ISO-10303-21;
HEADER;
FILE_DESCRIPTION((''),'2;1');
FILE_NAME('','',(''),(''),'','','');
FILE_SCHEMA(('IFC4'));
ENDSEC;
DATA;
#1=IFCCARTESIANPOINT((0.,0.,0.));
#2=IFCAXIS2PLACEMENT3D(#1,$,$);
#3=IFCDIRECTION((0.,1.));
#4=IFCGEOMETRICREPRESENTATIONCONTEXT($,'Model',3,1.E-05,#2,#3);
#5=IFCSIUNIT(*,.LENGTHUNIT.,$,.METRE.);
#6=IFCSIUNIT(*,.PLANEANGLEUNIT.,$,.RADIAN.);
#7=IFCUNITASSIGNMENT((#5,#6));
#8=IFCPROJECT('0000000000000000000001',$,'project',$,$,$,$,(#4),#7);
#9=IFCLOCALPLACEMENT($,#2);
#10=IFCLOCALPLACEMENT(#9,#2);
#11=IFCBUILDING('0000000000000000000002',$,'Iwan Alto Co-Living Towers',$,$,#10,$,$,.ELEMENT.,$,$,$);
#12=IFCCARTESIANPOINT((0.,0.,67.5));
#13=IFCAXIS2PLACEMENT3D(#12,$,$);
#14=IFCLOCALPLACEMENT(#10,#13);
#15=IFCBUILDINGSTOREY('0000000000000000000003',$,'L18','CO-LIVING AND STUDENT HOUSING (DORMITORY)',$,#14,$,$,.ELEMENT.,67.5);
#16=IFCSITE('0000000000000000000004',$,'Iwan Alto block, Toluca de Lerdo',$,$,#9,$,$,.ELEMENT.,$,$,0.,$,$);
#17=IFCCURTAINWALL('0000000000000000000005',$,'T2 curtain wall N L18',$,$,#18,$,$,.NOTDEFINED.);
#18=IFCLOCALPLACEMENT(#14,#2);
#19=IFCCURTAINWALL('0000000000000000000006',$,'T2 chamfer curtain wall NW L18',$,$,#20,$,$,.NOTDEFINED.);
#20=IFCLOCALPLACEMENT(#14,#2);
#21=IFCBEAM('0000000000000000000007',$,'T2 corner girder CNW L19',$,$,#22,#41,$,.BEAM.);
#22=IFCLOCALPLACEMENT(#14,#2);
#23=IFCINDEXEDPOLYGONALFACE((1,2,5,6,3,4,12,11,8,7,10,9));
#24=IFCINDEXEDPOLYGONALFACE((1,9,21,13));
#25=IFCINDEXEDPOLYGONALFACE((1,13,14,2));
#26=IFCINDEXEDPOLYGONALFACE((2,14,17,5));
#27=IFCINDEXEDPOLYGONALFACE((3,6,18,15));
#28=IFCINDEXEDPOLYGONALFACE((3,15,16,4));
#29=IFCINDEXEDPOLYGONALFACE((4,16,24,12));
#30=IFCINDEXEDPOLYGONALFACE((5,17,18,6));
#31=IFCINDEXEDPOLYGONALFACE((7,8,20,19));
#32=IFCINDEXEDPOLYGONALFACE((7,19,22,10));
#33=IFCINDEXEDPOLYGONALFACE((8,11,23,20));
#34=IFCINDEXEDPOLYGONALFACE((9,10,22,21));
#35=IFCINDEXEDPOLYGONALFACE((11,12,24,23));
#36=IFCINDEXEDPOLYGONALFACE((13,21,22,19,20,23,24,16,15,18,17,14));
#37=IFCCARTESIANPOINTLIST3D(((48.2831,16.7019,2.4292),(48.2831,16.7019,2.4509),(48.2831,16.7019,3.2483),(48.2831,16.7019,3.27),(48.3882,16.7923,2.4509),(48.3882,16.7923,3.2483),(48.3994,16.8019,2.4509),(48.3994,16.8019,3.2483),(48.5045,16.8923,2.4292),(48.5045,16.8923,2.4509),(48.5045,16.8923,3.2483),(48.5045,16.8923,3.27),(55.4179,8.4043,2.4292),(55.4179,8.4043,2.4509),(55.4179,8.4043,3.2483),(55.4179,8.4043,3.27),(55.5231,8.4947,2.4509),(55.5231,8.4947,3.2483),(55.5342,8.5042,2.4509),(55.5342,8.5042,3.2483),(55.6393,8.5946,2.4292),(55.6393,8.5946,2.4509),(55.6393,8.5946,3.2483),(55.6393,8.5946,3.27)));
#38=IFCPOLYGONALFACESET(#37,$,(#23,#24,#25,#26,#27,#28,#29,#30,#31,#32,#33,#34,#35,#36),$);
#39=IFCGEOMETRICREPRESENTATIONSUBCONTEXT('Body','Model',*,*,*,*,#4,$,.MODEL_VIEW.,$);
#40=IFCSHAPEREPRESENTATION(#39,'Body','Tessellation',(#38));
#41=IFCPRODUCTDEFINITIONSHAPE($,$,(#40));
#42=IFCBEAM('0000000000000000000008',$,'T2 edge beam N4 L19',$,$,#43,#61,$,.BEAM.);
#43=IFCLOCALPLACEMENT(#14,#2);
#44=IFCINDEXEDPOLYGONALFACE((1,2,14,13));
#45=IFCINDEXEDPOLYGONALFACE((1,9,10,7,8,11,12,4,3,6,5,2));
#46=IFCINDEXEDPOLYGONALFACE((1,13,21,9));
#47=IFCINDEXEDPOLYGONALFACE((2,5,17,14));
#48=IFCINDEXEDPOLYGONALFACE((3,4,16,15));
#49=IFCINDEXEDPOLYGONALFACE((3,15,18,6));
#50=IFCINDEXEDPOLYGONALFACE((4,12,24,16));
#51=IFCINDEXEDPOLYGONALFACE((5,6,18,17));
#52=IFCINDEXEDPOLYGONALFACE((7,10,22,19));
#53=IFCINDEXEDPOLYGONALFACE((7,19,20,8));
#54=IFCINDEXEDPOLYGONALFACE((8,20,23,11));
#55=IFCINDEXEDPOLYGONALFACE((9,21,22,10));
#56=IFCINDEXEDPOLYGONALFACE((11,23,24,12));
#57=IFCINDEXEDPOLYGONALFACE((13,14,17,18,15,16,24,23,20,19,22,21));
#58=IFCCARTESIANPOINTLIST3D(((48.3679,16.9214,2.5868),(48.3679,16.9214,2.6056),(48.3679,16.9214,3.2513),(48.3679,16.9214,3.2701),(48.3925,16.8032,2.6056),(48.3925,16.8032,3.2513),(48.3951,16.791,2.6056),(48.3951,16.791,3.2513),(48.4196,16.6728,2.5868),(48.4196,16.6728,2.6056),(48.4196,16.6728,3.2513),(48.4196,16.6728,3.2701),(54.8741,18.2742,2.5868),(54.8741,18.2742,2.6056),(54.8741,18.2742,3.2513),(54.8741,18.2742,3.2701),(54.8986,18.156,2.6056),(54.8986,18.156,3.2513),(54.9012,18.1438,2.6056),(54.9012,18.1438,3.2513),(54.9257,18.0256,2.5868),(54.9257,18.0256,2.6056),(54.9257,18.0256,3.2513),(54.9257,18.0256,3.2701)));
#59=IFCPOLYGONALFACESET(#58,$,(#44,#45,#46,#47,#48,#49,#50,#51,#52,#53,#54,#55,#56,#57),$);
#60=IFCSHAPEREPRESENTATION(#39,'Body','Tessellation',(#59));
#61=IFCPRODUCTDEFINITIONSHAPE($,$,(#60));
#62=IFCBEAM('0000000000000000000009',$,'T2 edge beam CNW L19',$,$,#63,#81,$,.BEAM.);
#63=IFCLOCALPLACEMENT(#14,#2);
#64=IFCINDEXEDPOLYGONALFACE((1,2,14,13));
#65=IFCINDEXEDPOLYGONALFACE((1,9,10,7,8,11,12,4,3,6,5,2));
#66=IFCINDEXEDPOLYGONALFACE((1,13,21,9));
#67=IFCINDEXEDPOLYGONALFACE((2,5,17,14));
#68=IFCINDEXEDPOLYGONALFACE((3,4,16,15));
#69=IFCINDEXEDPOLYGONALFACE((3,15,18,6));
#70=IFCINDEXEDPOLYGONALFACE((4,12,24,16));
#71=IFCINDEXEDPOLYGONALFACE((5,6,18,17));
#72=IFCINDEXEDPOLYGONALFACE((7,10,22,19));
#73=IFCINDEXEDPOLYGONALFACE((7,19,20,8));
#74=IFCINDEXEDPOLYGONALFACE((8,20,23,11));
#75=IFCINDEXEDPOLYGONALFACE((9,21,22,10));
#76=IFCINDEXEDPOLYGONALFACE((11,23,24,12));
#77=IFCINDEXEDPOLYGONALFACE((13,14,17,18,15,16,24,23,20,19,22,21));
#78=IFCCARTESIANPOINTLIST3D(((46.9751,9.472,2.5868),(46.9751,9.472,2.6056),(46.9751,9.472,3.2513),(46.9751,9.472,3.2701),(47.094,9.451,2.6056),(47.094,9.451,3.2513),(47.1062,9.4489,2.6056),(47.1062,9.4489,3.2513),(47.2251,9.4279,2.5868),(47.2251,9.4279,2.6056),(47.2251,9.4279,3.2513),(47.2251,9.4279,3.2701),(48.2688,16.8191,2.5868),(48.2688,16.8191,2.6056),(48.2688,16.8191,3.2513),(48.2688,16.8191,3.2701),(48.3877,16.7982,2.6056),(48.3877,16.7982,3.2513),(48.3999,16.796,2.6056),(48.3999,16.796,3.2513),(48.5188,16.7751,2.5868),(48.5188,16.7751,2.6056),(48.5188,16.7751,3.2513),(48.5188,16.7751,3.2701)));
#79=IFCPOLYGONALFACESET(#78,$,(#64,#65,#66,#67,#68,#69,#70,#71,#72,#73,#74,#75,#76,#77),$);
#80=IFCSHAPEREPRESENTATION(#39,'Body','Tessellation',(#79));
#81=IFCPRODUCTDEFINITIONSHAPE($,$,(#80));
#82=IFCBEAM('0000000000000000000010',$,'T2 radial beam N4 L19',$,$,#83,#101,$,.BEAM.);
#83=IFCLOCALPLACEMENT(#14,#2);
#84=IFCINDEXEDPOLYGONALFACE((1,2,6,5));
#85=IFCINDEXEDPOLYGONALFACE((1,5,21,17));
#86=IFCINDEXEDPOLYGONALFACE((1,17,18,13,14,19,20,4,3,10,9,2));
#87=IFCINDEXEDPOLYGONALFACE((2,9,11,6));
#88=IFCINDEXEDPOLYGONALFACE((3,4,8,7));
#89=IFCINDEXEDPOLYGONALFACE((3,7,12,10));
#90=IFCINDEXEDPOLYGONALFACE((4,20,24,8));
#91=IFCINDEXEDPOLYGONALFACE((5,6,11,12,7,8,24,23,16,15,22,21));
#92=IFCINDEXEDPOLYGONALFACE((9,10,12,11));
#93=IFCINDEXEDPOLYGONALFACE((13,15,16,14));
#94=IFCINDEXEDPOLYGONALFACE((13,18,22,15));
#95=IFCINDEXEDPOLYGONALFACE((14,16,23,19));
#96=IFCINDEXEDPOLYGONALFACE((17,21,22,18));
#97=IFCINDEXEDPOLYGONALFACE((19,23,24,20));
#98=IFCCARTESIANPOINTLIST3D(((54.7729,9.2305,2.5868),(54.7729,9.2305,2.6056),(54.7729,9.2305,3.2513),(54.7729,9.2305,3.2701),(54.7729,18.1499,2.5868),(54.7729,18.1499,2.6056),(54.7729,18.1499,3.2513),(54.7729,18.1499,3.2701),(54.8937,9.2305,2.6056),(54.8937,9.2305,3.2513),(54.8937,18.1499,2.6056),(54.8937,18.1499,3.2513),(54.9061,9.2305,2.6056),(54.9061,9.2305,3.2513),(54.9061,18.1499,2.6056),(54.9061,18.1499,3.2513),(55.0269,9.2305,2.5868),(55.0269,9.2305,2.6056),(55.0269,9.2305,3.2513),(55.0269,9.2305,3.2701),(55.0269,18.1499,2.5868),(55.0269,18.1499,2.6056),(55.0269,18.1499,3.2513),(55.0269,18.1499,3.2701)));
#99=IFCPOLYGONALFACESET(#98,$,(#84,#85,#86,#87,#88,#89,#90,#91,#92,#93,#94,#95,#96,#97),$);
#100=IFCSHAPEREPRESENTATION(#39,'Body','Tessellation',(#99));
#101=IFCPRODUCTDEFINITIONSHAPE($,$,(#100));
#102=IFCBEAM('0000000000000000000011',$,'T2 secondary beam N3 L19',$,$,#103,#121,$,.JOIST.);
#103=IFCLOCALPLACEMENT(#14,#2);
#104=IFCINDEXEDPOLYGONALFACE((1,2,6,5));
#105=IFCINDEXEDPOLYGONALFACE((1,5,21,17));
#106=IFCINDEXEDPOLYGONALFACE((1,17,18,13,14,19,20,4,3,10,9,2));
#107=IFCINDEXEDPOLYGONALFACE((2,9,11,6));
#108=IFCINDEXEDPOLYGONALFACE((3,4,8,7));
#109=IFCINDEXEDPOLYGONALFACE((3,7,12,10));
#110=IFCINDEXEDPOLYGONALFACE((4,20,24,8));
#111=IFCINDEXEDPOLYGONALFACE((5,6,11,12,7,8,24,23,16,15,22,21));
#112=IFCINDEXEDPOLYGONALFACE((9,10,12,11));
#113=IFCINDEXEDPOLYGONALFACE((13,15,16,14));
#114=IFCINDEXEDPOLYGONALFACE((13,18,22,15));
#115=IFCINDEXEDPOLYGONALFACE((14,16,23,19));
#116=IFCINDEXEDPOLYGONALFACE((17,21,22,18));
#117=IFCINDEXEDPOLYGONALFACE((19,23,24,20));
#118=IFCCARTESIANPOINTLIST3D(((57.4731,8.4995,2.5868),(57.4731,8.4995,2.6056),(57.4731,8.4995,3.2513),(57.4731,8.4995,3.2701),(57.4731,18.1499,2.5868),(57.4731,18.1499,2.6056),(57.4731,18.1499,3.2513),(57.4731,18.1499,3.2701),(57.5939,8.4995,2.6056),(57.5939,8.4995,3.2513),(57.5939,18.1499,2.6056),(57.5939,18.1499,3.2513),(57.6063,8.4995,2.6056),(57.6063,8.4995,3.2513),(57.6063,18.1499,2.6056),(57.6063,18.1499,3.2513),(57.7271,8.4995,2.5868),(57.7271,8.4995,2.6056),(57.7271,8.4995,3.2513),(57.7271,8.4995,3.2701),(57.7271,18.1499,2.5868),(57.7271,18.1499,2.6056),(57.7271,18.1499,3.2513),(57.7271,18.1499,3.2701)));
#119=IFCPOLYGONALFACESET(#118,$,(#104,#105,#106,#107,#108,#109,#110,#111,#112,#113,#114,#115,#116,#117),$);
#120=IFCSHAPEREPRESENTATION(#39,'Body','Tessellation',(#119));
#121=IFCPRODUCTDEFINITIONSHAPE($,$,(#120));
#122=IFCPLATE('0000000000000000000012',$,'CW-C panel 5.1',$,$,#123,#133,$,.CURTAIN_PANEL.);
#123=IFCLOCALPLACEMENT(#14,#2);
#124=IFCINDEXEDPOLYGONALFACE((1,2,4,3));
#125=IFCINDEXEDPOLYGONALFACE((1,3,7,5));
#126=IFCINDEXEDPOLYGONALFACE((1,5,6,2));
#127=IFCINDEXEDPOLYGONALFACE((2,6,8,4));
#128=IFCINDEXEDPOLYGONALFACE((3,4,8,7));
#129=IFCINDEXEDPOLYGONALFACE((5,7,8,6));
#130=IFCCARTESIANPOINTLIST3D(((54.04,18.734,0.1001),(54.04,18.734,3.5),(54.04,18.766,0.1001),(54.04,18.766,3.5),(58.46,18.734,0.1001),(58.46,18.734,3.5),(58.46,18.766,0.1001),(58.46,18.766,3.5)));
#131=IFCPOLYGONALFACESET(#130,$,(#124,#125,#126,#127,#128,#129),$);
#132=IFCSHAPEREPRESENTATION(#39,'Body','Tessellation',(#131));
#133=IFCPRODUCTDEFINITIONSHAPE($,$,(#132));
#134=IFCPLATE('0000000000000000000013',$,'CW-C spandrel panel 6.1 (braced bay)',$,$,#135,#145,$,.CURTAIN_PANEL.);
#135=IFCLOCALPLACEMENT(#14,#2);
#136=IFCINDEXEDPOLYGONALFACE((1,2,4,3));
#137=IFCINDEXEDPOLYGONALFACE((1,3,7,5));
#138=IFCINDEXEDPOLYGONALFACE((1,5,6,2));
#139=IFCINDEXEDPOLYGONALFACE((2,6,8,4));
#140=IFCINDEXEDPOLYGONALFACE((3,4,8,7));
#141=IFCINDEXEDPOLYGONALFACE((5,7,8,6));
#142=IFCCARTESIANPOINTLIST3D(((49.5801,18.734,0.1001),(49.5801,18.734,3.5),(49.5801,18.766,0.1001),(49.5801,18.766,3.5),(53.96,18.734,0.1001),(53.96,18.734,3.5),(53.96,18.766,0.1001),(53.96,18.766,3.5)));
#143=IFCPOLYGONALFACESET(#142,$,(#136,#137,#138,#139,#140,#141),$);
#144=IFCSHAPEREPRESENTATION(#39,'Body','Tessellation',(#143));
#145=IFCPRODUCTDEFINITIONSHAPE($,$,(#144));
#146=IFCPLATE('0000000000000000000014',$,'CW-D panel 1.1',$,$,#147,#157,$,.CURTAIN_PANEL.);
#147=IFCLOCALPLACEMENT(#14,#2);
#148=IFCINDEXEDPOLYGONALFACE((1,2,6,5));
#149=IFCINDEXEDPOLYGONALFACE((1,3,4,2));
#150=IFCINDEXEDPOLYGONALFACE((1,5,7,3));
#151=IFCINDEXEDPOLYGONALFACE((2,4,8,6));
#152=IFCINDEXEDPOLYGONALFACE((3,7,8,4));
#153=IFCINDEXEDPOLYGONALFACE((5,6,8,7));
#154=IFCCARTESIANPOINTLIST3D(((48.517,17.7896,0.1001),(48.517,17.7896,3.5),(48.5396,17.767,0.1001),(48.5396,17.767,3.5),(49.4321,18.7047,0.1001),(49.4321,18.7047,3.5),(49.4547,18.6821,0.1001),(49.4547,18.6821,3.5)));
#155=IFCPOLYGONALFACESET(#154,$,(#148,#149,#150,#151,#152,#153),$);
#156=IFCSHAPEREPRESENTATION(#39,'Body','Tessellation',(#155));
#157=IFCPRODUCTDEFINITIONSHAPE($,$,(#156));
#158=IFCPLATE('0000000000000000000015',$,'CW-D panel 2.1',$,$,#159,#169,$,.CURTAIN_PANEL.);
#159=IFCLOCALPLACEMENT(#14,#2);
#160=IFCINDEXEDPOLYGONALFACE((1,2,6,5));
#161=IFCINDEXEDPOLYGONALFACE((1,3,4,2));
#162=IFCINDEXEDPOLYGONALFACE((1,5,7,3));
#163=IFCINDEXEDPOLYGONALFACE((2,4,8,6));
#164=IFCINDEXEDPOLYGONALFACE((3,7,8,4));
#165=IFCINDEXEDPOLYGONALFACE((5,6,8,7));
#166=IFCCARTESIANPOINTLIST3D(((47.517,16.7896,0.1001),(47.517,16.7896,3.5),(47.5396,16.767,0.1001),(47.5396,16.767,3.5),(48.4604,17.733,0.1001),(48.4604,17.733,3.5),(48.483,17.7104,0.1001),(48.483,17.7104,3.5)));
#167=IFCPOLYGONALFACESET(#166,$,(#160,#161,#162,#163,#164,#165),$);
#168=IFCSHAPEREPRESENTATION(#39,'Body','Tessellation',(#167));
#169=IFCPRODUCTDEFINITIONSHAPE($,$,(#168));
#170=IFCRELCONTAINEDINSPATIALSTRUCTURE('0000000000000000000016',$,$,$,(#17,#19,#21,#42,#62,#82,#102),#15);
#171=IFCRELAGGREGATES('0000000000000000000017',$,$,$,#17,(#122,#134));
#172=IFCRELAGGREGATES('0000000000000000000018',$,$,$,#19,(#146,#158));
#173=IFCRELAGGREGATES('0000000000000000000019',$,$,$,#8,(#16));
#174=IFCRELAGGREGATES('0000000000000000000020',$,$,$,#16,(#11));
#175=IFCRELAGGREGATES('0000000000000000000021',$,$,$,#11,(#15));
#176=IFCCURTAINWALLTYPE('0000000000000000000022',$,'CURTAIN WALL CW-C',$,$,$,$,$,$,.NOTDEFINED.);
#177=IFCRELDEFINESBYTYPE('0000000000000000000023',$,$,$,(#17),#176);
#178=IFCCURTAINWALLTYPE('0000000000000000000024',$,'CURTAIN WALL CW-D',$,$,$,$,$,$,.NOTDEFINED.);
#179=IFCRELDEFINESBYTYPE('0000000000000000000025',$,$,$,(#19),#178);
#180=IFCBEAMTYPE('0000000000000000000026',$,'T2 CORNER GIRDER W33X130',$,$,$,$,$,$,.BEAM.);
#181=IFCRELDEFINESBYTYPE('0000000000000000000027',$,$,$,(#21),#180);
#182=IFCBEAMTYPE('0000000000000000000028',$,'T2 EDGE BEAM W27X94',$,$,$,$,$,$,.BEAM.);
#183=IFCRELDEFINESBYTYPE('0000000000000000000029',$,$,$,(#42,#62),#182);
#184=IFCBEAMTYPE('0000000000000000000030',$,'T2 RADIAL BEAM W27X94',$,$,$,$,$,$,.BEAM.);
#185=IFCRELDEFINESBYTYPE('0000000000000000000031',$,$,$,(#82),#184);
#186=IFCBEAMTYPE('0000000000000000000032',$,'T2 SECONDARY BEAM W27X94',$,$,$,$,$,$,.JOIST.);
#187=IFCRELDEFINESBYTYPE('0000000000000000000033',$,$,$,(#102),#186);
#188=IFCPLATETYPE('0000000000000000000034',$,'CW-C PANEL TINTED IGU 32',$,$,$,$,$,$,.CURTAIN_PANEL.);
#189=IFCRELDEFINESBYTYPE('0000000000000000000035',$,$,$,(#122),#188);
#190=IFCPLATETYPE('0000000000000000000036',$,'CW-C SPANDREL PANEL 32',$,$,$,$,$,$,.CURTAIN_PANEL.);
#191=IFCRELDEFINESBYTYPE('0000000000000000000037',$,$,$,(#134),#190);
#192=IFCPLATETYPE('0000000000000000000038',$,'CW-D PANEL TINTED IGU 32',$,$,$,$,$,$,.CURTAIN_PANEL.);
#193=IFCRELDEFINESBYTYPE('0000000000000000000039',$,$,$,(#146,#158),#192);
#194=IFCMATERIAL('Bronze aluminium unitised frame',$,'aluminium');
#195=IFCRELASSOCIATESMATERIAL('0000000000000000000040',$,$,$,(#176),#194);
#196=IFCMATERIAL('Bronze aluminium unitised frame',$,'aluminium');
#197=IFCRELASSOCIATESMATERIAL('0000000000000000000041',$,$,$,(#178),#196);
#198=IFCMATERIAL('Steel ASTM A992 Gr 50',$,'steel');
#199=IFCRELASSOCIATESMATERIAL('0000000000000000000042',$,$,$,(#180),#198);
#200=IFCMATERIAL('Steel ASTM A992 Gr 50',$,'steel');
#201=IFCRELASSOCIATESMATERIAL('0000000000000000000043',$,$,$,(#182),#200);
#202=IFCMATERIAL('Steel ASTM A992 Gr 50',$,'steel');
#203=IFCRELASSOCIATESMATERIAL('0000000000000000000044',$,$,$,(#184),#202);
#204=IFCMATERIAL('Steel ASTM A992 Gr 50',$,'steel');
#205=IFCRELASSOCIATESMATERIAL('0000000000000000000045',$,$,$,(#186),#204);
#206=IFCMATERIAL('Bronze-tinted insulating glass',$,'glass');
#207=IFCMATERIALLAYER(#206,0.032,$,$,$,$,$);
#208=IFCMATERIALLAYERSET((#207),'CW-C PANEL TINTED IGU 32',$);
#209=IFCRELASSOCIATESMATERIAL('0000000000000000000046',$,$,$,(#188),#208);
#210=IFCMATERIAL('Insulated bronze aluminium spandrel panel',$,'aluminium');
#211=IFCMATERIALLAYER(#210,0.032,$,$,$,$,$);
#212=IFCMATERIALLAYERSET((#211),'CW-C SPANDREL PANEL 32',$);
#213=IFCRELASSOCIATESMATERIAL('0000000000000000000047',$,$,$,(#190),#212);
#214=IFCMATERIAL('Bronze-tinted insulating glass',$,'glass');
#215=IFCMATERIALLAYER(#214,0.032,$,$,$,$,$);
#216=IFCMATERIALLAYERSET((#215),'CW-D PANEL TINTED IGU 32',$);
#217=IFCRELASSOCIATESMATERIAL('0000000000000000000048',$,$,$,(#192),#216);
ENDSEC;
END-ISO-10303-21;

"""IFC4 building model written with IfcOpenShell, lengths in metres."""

from ifc_helpers import new_model, si_unit, direction, frame, origin, origin_2d, place, context, subcontext, project, spatial, rectangle, i_section, extrude, material, layer, layer_set, material_profile, profile_set, type_object, element, aggregate, save


model = new_model("IFC4")

# Units and contexts
model_context = context("Model", 3, precision=1e-05, world=origin(), true_north=direction((0.0, 1.0)))
body_context = subcontext(model_context, "Body", "Model", "MODEL_VIEW")
ifc_project = project(units=[si_unit("LENGTHUNIT", "METRE"), si_unit("PLANEANGLEUNIT", "RADIAN")], contexts=[model_context])

# Site, building, storey
site_placement = place(None, origin())
site = spatial("IfcSite", under=ifc_project, at=site_placement, Name="Iwan Alto block, Toluca de Lerdo", CompositionType="ELEMENT", RefElevation=0.0)
building_placement = place(site_placement, origin())
building = spatial("IfcBuilding", under=site, at=building_placement, Name="Iwan Alto Co-Living Towers", CompositionType="ELEMENT")
storey_placement = place(building_placement, frame((0.0, 0.0, 67.5)))
storey = spatial("IfcBuildingStorey", under=building, at=storey_placement, Name="L18", Description="CO-LIVING AND STUDENT HOUSING (DORMITORY)", CompositionType="ELEMENT", Elevation=67.5)

# Curtain walls
ifc_material_1 = material(Name="Bronze aluminium unitised frame", Category="aluminium")
curtain_wall_type_1 = type_object("IfcCurtainWallType", Name="CURTAIN WALL CW-C", PredefinedType="NOTDEFINED", material=ifc_material_1)
curtain_wall_1_placement = place(storey_placement, origin())
curtain_wall_1 = element("IfcCurtainWall", 1, at=curtain_wall_1_placement, inside=storey, type_object=curtain_wall_type_1, Name="T2 curtain wall N L18", PredefinedType="NOTDEFINED")
ifc_material_2 = material(Name="Bronze aluminium unitised frame", Category="aluminium")
curtain_wall_type_2 = type_object("IfcCurtainWallType", Name="CURTAIN WALL CW-D", PredefinedType="NOTDEFINED", material=ifc_material_2)
curtain_wall_2_placement = place(storey_placement, origin())
curtain_wall_2 = element("IfcCurtainWall", 2, at=curtain_wall_2_placement, inside=storey, type_object=curtain_wall_type_2, Name="T2 chamfer curtain wall NW L18", PredefinedType="NOTDEFINED")

# Beams
ifc_material_3 = material(Name="Steel ASTM A992 Gr 50", Category="steel")
ifc_material_profile_1 = material_profile(ifc_material_3, i_section(OverallWidth=0.292, OverallDepth=0.8408, WebThickness=0.0146, FlangeThickness=0.0217, at=origin_2d()), Name="W33X130")
ifc_profile_set_1 = profile_set([ifc_material_profile_1], Name="Steel ASTM A992 Gr 50")
beam_type_1 = type_object("IfcBeamType", Name="T2 CORNER GIRDER W33X130", PredefinedType="BEAM", material=ifc_profile_set_1)
beam_1_placement = place(storey_placement, frame((48.3938, 16.7971, 2.8496), z_axis=(0.651977, -0.758238, 0.0), x_axis=(0.758238, 0.651977, 0.0)))
element("IfcBeam", 3, at=beam_1_placement, inside=storey, type_object=beam_type_1, Name="T2 corner girder CNW L19", PredefinedType="BEAM", context=body_context, shape_type="SweptSolid", body=[
    extrude(i_section(OverallWidth=0.292, OverallDepth=0.8408, WebThickness=0.0146, FlangeThickness=0.0217, at=origin_2d()), origin(), (0.0, 0.0, 1.0), 10.9434),
])
ifc_material_4 = material(Name="Steel ASTM A992 Gr 50", Category="steel")
ifc_material_profile_2 = material_profile(ifc_material_4, i_section(OverallWidth=0.2539, OverallDepth=0.6833, WebThickness=0.0125, FlangeThickness=0.0188, at=origin_2d()), Name="W27X94")
ifc_profile_set_2 = profile_set([ifc_material_profile_2], Name="Steel ASTM A992 Gr 50")
beam_type_2 = type_object("IfcBeamType", Name="T2 EDGE BEAM W27X94", PredefinedType="BEAM", material=ifc_profile_set_2)
beam_2_placement = place(storey_placement, frame((54.8999, 18.1499, 2.9285), z_axis=(-0.97906, -0.203571, 0.0), x_axis=(0.203571, -0.97906, 0.0)))
element("IfcBeam", 4, at=beam_2_placement, inside=storey, type_object=beam_type_2, Name="T2 edge beam N4 L19", PredefinedType="BEAM", context=body_context, shape_type="SweptSolid", body=[
    extrude(i_section(OverallWidth=0.2539, OverallDepth=0.6833, WebThickness=0.0125, FlangeThickness=0.0188, at=origin_2d()), origin(), (0.0, 0.0, 1.0), 6.6453),
])
beam_3_placement = place(storey_placement, frame((48.3938, 16.7971, 2.9285), z_axis=(-0.173414, -0.984849, 0.0), x_axis=(0.984849, -0.173414, 0.0)))
element("IfcBeam", 5, at=beam_3_placement, inside=storey, type_object=beam_type_2, Name="T2 edge beam CNW L19", PredefinedType="BEAM", context=body_context, shape_type="SweptSolid", body=[
    extrude(i_section(OverallWidth=0.2539, OverallDepth=0.6833, WebThickness=0.0125, FlangeThickness=0.0188, at=origin_2d()), origin(), (0.0, 0.0, 1.0), 7.4602),
])
ifc_material_5 = material(Name="Steel ASTM A992 Gr 50", Category="steel")
ifc_material_profile_3 = material_profile(ifc_material_5, i_section(OverallWidth=0.2539, OverallDepth=0.6833, WebThickness=0.0125, FlangeThickness=0.0188, at=origin_2d()), Name="W27X94")
ifc_profile_set_3 = profile_set([ifc_material_profile_3], Name="Steel ASTM A992 Gr 50")
beam_type_3 = type_object("IfcBeamType", Name="T2 RADIAL BEAM W27X94", PredefinedType="BEAM", material=ifc_profile_set_3)
beam_4_placement = place(storey_placement, frame((54.8999, 18.1499, 2.9285), z_axis=(0.0, -1.0, 0.0), x_axis=(1.0, 0.0, 0.0)))
element("IfcBeam", 6, at=beam_4_placement, inside=storey, type_object=beam_type_3, Name="T2 radial beam N4 L19", PredefinedType="BEAM", context=body_context, shape_type="SweptSolid", body=[
    extrude(i_section(OverallWidth=0.2539, OverallDepth=0.6833, WebThickness=0.0125, FlangeThickness=0.0188, at=origin_2d()), origin(), (0.0, 0.0, 1.0), 8.9194),
])
ifc_material_6 = material(Name="Steel ASTM A992 Gr 50", Category="steel")
ifc_material_profile_4 = material_profile(ifc_material_6, i_section(OverallWidth=0.2539, OverallDepth=0.6833, WebThickness=0.0125, FlangeThickness=0.0188, at=origin_2d()), Name="W27X94")
ifc_profile_set_4 = profile_set([ifc_material_profile_4], Name="Steel ASTM A992 Gr 50")
beam_type_4 = type_object("IfcBeamType", Name="T2 SECONDARY BEAM W27X94", PredefinedType="JOIST", material=ifc_profile_set_4)
beam_5_placement = place(storey_placement, frame((57.6001, 18.1499, 2.9285), z_axis=(0.0, -1.0, 0.0), x_axis=(1.0, 0.0, 0.0)))
element("IfcBeam", 7, at=beam_5_placement, inside=storey, type_object=beam_type_4, Name="T2 secondary beam N3 L19", PredefinedType="JOIST", context=body_context, shape_type="SweptSolid", body=[
    extrude(i_section(OverallWidth=0.2539, OverallDepth=0.6833, WebThickness=0.0125, FlangeThickness=0.0188, at=origin_2d()), origin(), (0.0, 0.0, 1.0), 9.6504),
])

# Plates
ifc_material_7 = material(Name="Bronze-tinted insulating glass", Category="glass")
ifc_layer_1 = layer(ifc_material_7, 0.032)
ifc_layer_set_1 = layer_set([ifc_layer_1], Name="CW-C PANEL TINTED IGU 32")
plate_type_1 = type_object("IfcPlateType", Name="CW-C PANEL TINTED IGU 32", PredefinedType="CURTAIN_PANEL", material=ifc_layer_set_1)
plate_1_placement = place(storey_placement, frame((56.25, 18.75, 0.1001), z_axis=(0.0, 0.0, 1.0), x_axis=(-1.0, 0.0, 0.0)))
plate_1 = element("IfcPlate", 8, at=plate_1_placement, type_object=plate_type_1, Name="CW-C panel 5.1", PredefinedType="CURTAIN_PANEL", context=body_context, shape_type="SweptSolid", body=[
    extrude(rectangle(XDim=4.4199, YDim=0.032, at=origin_2d()), origin(), (0.0, 0.0, 1.0), 3.3999),
])
ifc_material_8 = material(Name="Insulated bronze aluminium spandrel panel", Category="aluminium")
ifc_layer_2 = layer(ifc_material_8, 0.032)
ifc_layer_set_2 = layer_set([ifc_layer_2], Name="CW-C SPANDREL PANEL 32")
plate_type_2 = type_object("IfcPlateType", Name="CW-C SPANDREL PANEL 32", PredefinedType="CURTAIN_PANEL", material=ifc_layer_set_2)
plate_2_placement = place(storey_placement, frame((51.77, 18.75, 0.1001), z_axis=(0.0, 0.0, 1.0), x_axis=(-1.0, 0.0, 0.0)))
plate_2 = element("IfcPlate", 9, at=plate_2_placement, type_object=plate_type_2, Name="CW-C spandrel panel 6.1 (braced bay)", PredefinedType="CURTAIN_PANEL", context=body_context, shape_type="SweptSolid", body=[
    extrude(rectangle(XDim=4.3799, YDim=0.032, at=origin_2d()), origin(), (0.0, 0.0, 1.0), 3.3999),
])
aggregate(curtain_wall_1, [plate_1, plate_2])
ifc_material_9 = material(Name="Bronze-tinted insulating glass", Category="glass")
ifc_layer_3 = layer(ifc_material_9, 0.032)
ifc_layer_set_3 = layer_set([ifc_layer_3], Name="CW-D PANEL TINTED IGU 32")
plate_type_3 = type_object("IfcPlateType", Name="CW-D PANEL TINTED IGU 32", PredefinedType="CURTAIN_PANEL", material=ifc_layer_set_3)
plate_3_placement = place(storey_placement, frame((48.9858, 18.2358, 0.1001), z_axis=(0.0, 0.0, 1.0), x_axis=(-0.707107, -0.707107, 0.0)))
plate_3 = element("IfcPlate", 10, at=plate_3_placement, type_object=plate_type_3, Name="CW-D panel 1.1", PredefinedType="CURTAIN_PANEL", context=body_context, shape_type="SweptSolid", body=[
    extrude(rectangle(XDim=1.2942, YDim=0.032, at=origin_2d()), origin(), (0.0, 0.0, 1.0), 3.3999),
])
plate_4_placement = place(storey_placement, frame((48.0, 17.25, 0.1001), z_axis=(0.0, 0.0, 1.0), x_axis=(-0.707107, -0.707107, 0.0)))
plate_4 = element("IfcPlate", 11, at=plate_4_placement, type_object=plate_type_3, Name="CW-D panel 2.1", PredefinedType="CURTAIN_PANEL", context=body_context, shape_type="SweptSolid", body=[
    extrude(rectangle(XDim=1.3342, YDim=0.032, at=origin_2d()), origin(), (0.0, 0.0, 1.0), 3.3999),
])
aggregate(curtain_wall_2, [plate_3, plate_4])

save(model, "model.ifc")
